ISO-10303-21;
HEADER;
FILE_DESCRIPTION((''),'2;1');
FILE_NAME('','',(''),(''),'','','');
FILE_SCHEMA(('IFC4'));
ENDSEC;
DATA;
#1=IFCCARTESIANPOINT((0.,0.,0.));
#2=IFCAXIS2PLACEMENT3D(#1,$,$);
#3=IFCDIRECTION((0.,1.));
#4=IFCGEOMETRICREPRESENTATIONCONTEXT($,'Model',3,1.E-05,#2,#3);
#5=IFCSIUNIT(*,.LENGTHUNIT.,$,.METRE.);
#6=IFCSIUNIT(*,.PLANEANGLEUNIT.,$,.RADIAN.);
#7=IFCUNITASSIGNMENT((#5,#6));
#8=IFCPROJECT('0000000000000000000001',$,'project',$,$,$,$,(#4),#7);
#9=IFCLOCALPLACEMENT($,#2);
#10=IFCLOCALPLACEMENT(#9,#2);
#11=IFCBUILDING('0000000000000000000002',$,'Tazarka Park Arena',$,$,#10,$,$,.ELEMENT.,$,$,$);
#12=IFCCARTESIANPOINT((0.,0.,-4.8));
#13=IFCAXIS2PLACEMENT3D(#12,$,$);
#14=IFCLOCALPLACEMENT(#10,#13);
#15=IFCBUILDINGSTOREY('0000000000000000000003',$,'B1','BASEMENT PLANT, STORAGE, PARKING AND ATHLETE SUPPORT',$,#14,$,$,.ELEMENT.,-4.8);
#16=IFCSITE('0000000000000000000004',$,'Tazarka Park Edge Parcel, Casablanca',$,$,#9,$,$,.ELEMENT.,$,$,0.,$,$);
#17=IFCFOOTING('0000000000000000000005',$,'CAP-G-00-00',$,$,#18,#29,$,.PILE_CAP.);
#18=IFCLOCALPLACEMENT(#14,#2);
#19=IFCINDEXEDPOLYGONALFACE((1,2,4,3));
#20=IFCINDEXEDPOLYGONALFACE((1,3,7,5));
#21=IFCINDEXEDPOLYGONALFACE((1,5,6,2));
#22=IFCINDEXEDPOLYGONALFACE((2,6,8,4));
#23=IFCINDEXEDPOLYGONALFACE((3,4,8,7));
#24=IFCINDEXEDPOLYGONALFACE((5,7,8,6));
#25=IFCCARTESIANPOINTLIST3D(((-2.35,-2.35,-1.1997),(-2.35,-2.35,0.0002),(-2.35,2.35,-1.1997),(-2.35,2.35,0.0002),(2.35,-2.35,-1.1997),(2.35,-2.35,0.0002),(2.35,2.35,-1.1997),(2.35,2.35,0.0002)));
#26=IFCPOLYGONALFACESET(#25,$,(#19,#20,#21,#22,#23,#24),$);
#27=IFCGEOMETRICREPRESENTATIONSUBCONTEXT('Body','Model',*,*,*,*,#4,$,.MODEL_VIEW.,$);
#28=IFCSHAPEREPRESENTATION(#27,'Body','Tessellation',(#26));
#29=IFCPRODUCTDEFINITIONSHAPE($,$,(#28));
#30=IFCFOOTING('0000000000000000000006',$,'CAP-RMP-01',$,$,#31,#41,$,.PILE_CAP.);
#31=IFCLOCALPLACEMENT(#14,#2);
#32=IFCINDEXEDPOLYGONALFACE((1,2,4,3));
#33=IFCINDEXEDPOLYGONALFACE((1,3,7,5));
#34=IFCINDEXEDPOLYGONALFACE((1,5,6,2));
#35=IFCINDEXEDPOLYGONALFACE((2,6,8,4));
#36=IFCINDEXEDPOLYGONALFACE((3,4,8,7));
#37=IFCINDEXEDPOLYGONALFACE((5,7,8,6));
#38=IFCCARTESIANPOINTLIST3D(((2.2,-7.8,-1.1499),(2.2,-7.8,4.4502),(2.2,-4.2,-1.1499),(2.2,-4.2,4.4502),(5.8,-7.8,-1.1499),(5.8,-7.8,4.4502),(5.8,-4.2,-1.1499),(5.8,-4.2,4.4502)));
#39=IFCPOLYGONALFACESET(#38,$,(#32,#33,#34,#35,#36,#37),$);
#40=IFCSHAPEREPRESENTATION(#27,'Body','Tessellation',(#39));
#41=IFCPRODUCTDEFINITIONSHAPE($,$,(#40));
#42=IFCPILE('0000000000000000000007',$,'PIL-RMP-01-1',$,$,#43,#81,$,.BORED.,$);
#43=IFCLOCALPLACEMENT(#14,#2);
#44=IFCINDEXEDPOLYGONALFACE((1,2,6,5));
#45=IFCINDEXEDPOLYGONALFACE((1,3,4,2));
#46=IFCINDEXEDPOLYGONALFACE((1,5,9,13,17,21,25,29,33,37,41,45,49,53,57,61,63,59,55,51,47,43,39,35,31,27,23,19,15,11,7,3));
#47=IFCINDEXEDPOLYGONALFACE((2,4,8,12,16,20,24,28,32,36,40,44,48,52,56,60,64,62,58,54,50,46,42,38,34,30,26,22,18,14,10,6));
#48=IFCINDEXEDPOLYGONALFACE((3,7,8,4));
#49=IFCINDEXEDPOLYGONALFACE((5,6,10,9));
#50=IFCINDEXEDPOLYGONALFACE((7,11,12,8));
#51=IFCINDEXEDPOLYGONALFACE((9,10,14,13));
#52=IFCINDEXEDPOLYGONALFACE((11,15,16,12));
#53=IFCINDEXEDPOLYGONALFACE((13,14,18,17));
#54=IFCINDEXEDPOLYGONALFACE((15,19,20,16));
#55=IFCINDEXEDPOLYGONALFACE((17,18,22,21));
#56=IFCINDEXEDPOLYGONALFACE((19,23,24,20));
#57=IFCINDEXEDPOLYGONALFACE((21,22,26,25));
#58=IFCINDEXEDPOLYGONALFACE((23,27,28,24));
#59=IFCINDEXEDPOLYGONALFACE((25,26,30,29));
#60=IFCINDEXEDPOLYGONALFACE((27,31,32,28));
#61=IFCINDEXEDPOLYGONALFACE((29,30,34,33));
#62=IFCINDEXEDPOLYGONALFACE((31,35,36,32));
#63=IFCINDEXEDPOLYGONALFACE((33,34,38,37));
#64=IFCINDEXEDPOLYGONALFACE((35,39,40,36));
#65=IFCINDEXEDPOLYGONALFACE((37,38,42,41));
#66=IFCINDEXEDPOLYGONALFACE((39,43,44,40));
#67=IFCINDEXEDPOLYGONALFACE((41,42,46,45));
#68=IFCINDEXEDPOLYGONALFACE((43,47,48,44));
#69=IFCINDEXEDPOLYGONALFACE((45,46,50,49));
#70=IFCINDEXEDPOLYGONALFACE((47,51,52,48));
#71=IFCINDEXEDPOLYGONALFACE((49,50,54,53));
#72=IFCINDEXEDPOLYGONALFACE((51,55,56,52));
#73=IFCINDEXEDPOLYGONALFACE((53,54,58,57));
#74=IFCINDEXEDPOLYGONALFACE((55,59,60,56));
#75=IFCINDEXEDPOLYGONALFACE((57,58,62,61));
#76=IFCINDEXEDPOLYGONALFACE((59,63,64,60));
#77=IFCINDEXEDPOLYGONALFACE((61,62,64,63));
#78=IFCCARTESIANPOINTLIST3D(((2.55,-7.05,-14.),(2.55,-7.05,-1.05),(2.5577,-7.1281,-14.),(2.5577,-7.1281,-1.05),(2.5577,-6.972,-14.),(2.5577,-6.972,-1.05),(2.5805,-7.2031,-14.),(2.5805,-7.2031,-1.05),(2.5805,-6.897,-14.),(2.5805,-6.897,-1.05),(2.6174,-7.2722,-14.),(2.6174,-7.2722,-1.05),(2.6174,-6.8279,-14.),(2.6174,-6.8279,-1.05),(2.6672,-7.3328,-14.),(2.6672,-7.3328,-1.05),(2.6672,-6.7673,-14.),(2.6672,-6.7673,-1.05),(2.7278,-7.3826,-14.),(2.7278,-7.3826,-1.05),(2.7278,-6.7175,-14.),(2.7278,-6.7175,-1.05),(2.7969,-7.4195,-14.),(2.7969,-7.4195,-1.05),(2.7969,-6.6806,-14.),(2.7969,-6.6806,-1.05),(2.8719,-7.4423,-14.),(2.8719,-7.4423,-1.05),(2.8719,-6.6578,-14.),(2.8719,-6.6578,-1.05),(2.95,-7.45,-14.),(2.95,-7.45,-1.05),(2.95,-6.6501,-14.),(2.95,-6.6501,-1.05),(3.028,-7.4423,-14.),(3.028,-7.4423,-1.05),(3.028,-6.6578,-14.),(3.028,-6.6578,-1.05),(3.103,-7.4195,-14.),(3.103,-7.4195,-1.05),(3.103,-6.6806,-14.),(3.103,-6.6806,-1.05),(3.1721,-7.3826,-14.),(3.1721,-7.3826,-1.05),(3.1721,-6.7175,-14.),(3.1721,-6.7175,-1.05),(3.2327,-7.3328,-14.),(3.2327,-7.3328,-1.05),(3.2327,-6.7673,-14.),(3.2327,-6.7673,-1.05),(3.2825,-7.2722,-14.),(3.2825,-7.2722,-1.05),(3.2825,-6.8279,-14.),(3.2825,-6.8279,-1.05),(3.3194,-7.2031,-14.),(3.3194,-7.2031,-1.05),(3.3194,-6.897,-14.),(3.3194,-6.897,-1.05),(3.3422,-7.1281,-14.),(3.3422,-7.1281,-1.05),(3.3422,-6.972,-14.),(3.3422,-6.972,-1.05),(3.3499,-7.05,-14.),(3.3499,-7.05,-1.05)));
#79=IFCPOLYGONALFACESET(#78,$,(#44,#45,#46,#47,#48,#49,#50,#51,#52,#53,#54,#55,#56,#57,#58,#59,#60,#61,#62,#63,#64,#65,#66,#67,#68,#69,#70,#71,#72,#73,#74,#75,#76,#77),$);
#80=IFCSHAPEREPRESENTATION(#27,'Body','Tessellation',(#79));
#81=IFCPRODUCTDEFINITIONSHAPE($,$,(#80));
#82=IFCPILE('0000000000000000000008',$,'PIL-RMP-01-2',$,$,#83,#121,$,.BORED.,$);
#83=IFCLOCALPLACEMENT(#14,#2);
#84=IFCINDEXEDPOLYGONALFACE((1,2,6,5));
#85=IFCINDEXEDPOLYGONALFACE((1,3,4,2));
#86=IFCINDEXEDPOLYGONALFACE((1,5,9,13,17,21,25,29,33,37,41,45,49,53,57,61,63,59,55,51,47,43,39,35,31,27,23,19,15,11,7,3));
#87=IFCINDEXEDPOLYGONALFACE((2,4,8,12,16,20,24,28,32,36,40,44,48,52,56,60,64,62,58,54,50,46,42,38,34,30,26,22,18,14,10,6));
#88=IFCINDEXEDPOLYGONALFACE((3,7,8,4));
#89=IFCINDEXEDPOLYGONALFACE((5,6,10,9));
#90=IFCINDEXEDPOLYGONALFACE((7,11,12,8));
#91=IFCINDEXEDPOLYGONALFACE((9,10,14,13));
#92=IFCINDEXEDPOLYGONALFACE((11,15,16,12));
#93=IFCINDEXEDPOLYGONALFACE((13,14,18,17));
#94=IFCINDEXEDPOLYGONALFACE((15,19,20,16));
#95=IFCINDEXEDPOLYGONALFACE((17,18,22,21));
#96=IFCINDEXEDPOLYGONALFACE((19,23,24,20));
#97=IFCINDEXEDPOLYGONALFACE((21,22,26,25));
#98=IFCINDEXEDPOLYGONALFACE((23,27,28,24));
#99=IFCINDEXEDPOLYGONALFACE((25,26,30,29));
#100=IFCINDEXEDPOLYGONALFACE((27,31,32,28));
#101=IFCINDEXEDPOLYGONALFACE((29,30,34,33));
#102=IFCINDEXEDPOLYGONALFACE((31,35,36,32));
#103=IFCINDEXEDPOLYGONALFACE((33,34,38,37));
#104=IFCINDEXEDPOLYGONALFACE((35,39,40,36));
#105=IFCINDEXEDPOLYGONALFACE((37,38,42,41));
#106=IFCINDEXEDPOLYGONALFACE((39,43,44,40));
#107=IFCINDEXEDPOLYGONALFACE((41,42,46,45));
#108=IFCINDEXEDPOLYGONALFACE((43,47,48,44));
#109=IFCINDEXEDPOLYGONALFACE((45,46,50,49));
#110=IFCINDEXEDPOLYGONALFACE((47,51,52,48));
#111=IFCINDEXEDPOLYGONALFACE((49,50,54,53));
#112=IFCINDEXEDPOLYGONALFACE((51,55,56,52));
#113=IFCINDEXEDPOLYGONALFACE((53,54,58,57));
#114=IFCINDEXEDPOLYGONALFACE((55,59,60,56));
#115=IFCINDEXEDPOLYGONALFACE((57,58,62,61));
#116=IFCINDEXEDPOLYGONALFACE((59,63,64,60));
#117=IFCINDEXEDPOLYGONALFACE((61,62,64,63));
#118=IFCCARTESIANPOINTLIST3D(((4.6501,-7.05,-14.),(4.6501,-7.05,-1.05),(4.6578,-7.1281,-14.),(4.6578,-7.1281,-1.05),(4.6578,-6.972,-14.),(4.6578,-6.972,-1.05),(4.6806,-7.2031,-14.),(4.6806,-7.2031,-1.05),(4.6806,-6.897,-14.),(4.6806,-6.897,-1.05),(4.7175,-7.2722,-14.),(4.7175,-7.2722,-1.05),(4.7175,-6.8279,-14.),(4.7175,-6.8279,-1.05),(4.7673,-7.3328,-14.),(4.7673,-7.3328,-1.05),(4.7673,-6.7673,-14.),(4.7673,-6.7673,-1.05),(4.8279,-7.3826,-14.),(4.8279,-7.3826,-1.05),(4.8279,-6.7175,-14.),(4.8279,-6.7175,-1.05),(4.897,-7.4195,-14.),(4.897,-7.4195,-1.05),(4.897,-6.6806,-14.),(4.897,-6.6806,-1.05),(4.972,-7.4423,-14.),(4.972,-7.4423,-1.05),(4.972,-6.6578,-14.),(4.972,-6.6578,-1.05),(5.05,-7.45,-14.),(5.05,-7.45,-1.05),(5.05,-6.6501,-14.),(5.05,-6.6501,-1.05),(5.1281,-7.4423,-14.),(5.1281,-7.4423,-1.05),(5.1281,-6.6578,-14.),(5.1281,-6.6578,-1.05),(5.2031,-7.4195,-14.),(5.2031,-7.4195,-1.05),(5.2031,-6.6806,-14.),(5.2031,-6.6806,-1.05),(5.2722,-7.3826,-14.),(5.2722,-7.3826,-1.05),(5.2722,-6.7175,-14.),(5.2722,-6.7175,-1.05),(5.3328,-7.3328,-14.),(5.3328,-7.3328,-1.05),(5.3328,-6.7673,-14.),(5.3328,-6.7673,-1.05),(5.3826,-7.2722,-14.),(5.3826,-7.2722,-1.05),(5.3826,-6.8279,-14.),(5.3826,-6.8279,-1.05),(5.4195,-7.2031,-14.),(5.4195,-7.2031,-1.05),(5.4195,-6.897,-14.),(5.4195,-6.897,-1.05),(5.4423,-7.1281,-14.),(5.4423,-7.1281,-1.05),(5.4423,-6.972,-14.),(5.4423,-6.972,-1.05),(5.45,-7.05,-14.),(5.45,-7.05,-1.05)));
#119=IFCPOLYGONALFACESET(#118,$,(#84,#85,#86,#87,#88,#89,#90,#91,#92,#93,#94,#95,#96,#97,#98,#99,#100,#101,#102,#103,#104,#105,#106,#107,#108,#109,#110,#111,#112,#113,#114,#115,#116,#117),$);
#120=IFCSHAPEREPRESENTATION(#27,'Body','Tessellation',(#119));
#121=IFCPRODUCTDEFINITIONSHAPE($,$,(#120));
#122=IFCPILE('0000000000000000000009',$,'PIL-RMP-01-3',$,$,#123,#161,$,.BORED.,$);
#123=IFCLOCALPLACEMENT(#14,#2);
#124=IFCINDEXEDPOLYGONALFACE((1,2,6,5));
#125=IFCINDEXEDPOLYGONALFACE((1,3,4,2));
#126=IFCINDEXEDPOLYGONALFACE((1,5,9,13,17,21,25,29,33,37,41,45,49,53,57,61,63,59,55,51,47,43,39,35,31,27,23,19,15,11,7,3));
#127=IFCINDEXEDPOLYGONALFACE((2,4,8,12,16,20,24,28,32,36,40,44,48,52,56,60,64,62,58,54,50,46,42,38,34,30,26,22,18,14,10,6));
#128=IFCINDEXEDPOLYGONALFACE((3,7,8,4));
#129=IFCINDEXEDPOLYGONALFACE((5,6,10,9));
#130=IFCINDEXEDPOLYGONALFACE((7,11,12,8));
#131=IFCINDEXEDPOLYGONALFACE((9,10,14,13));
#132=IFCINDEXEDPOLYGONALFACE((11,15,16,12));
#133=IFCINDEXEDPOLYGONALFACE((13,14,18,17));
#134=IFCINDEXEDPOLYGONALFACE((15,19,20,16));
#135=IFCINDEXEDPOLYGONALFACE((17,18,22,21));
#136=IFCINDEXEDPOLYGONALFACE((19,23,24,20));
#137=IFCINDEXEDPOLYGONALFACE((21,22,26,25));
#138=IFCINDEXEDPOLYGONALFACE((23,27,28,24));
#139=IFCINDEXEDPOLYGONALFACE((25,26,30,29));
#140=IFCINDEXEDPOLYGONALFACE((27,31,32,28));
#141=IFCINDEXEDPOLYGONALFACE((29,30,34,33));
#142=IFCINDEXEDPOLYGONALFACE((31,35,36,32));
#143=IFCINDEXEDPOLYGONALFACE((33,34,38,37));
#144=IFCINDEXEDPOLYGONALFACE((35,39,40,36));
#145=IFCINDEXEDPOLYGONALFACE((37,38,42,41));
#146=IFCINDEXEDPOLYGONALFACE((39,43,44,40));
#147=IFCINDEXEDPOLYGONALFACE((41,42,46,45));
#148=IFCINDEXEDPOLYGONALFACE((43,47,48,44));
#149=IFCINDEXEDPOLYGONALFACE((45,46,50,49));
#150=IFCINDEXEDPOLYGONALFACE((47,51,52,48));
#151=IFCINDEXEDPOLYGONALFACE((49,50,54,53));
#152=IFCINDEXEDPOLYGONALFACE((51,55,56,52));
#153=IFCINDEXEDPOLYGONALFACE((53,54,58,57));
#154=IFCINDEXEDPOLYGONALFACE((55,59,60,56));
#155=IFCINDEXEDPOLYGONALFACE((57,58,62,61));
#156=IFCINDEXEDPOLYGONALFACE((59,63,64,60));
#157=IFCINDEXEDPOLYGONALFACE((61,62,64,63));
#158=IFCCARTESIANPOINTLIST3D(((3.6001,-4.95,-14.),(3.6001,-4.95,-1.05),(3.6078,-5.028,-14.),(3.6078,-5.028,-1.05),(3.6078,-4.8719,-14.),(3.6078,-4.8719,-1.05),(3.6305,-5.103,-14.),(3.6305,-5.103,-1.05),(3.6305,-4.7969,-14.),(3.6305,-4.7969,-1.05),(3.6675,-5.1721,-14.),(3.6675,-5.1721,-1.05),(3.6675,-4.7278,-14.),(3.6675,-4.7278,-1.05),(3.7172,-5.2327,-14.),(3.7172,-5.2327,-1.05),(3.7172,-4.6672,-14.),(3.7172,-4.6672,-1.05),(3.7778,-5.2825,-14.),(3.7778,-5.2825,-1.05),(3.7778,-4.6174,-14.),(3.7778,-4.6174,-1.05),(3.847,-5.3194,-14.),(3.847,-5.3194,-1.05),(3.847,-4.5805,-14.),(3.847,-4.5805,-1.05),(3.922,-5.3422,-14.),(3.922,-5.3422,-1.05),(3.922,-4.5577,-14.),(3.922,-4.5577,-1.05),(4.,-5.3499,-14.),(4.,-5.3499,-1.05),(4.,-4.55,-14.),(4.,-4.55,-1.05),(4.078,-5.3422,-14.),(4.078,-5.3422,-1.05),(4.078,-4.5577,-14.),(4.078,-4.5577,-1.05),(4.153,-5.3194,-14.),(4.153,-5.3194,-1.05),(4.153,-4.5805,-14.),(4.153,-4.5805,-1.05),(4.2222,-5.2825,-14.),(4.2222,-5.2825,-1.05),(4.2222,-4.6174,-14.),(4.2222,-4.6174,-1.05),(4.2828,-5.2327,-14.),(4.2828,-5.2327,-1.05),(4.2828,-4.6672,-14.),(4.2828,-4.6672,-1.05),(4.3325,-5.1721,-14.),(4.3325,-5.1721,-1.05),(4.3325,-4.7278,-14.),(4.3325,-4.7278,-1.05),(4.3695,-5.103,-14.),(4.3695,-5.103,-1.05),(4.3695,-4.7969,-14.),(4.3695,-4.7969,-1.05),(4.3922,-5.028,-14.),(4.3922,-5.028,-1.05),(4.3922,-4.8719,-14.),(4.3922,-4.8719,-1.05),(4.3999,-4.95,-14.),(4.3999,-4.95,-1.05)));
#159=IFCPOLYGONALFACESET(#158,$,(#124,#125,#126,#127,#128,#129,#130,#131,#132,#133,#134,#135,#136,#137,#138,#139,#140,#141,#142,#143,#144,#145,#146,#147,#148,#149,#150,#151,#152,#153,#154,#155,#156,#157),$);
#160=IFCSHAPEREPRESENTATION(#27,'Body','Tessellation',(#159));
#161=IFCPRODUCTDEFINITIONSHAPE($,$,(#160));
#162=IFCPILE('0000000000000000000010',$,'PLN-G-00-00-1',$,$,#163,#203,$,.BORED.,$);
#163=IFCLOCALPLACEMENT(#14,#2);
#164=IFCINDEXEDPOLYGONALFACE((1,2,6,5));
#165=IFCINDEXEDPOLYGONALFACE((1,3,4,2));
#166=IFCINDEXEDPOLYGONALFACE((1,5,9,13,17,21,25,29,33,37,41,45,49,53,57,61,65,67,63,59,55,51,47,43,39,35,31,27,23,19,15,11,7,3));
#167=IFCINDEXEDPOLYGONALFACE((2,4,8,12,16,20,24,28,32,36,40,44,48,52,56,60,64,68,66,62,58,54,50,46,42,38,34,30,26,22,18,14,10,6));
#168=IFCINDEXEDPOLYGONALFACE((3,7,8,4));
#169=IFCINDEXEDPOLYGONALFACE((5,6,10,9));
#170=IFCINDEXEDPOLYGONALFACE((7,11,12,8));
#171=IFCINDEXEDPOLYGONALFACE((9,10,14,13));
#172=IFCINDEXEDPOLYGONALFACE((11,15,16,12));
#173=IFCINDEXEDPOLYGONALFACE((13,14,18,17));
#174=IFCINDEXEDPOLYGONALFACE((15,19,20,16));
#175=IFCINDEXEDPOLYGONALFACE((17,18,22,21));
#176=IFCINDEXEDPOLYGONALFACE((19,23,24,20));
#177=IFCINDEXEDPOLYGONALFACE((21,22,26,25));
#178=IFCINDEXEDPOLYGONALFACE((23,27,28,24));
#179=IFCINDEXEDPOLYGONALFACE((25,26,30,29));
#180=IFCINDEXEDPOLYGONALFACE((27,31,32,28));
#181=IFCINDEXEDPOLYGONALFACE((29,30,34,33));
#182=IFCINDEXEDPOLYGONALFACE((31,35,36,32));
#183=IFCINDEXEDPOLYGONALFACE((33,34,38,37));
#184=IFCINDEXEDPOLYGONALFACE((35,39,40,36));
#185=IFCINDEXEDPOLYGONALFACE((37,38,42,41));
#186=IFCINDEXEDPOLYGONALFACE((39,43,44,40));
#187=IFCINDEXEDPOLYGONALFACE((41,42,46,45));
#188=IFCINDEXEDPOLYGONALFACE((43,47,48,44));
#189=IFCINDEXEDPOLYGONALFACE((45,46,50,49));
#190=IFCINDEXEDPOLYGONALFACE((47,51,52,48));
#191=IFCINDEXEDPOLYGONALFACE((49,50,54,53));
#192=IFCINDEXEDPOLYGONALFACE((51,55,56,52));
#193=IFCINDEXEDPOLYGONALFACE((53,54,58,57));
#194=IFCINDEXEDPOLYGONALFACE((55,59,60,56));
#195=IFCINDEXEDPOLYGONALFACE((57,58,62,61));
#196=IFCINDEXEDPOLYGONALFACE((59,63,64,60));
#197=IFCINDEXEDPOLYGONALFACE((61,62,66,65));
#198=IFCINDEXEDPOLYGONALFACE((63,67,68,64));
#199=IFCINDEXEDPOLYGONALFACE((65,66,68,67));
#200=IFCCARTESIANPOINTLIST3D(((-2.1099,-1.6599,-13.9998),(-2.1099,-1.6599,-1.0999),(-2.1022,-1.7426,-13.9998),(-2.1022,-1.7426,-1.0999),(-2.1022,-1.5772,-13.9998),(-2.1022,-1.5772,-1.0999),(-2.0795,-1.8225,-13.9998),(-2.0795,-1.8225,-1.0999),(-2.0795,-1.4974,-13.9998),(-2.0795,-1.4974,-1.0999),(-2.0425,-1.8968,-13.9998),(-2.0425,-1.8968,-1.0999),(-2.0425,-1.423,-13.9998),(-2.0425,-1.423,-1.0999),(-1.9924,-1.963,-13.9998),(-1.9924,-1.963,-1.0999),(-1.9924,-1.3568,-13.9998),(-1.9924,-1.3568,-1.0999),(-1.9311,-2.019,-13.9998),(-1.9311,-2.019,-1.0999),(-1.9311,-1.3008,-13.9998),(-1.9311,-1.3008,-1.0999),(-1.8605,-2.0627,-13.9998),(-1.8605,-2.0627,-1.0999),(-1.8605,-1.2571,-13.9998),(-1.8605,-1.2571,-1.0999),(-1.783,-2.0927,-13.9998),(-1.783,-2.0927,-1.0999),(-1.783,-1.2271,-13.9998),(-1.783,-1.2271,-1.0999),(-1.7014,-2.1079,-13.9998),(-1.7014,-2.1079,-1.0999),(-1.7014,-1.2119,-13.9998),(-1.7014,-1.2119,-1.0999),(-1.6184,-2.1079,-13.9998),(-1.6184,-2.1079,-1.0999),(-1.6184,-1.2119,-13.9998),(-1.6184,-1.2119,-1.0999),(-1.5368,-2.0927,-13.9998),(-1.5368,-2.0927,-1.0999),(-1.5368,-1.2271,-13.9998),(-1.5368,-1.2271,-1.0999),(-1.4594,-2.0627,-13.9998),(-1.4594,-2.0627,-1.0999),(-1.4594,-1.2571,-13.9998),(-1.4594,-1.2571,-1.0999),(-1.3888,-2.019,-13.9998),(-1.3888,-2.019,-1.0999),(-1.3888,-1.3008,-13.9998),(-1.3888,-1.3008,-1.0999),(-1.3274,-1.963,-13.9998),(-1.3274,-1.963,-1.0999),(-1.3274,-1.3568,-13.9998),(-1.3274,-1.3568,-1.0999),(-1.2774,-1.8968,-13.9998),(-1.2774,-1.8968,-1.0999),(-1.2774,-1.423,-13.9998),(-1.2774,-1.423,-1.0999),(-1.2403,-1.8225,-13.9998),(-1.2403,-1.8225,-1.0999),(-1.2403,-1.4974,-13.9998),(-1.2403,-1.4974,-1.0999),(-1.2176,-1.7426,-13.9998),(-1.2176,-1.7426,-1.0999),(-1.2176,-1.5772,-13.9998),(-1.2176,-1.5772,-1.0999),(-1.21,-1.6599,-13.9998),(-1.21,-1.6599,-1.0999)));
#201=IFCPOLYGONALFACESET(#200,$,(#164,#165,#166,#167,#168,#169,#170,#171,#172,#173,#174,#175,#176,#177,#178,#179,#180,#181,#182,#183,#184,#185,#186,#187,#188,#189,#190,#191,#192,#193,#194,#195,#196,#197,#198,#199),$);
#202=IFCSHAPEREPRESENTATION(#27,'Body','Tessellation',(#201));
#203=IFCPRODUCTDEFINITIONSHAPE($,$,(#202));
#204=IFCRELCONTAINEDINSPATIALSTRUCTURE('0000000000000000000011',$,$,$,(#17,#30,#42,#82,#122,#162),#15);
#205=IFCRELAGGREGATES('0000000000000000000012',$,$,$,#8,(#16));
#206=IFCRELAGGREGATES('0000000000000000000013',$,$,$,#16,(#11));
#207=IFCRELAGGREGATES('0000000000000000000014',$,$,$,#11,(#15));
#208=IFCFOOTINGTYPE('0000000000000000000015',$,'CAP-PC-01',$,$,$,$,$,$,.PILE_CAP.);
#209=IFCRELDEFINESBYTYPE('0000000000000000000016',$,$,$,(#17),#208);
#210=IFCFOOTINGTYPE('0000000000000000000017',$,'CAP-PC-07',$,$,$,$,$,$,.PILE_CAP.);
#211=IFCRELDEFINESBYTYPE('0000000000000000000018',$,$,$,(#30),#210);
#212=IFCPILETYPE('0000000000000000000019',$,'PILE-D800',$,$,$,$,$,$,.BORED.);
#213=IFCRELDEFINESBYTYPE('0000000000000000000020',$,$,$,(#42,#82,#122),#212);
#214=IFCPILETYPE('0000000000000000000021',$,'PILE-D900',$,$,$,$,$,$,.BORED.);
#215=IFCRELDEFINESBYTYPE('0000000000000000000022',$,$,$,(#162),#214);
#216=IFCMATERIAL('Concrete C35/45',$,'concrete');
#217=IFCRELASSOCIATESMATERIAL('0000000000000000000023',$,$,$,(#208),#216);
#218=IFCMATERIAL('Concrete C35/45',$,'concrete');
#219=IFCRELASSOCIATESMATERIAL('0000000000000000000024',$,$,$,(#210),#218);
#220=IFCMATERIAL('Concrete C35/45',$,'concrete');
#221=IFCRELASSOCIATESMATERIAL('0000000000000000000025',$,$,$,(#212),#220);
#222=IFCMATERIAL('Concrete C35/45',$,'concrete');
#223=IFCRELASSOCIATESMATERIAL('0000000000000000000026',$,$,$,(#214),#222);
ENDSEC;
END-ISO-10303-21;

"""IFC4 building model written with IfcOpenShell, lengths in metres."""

from ifc_helpers import new_model, si_unit, direction, frame, origin, origin_2d, place, context, subcontext, project, spatial, rectangle, circle, extrude, material, material_profile, profile_set, type_object, element, save


model = new_model("IFC4")

# Units and contexts
model_context = context("Model", 3, precision=1e-05, world=origin(), true_north=direction((0.0, 1.0)))
body_context = subcontext(model_context, "Body", "Model", "MODEL_VIEW")
ifc_project = project(units=[si_unit("LENGTHUNIT", "METRE"), si_unit("PLANEANGLEUNIT", "RADIAN")], contexts=[model_context])

# Site, building, storey
site_placement = place(None, origin())
site = spatial("IfcSite", under=ifc_project, at=site_placement, Name="Tazarka Park Edge Parcel, Casablanca", CompositionType="ELEMENT", RefElevation=0.0)
building_placement = place(site_placement, origin())
building = spatial("IfcBuilding", under=site, at=building_placement, Name="Tazarka Park Arena", CompositionType="ELEMENT")
storey_placement = place(building_placement, frame((0.0, 0.0, -4.8)))
storey = spatial("IfcBuildingStorey", under=building, at=storey_placement, Name="B1", Description="BASEMENT PLANT, STORAGE, PARKING AND ATHLETE SUPPORT", CompositionType="ELEMENT", Elevation=-4.8)

# Footings
ifc_material_1 = material(Name="Concrete C35/45", Category="concrete")
footing_type_1 = type_object("IfcFootingType", Name="CAP-PC-01", PredefinedType="PILE_CAP", material=ifc_material_1)
footing_1_placement = place(storey_placement, frame((0.0, 0.0, -1.1997), z_axis=(0.0, 0.0, 1.0), x_axis=(1.0, 0.0, 0.0)))
element("IfcFooting", 1, at=footing_1_placement, inside=storey, type_object=footing_type_1, Name="CAP-G-00-00", PredefinedType="PILE_CAP", context=body_context, shape_type="SweptSolid", body=[
    extrude(rectangle(XDim=4.7, YDim=4.7, at=origin_2d()), origin(), (0.0, 0.0, 1.0), 1.2),
])
ifc_material_2 = material(Name="Concrete C35/45", Category="concrete")
footing_type_2 = type_object("IfcFootingType", Name="CAP-PC-07", PredefinedType="PILE_CAP", material=ifc_material_2)
footing_2_placement = place(storey_placement, frame((4.0, -6.0, -1.1499), z_axis=(0.0, 0.0, 1.0), x_axis=(1.0, 0.0, 0.0)))
element("IfcFooting", 2, at=footing_2_placement, inside=storey, type_object=footing_type_2, Name="CAP-RMP-01", PredefinedType="PILE_CAP", context=body_context, shape_type="SweptSolid", body=[
    extrude(rectangle(XDim=3.6001, YDim=3.6001, at=origin_2d()), origin(), (0.0, 0.0, 1.0), 5.6001),
])

# Piles
ifc_material_3 = material(Name="Concrete C35/45", Category="concrete")
ifc_material_profile_1 = material_profile(ifc_material_3, circle(Radius=0.3999, at=origin_2d()), Name="Concrete C35/45")
ifc_profile_set_1 = profile_set([ifc_material_profile_1], Name="Concrete C35/45")
pile_type_1 = type_object("IfcPileType", Name="PILE-D800", PredefinedType="BORED", material=ifc_profile_set_1)
for number, where, z_axis, x_axis, name in (
    (3, (2.95, -7.05, -1.05), (0.0, 0.0, -1.0), (1.0, 0.0, 0.0), "PIL-RMP-01-1"),
    (4, (5.05, -7.05, -1.05), (0.0, 0.0, -1.0), (1.0, 0.0, 0.0), "PIL-RMP-01-2"),
    (5, (4.0, -4.95, -1.05), (0.0, 0.0, -1.0), (1.0, 0.0, 0.0), "PIL-RMP-01-3"),
):
    element("IfcPile", number, at=place(storey_placement, frame(where, z_axis=z_axis, x_axis=x_axis)), inside=storey, type_object=pile_type_1, Name=name, PredefinedType="BORED", context=body_context, shape_type="SweptSolid", body=[
        extrude(circle(Radius=0.3999, at=origin_2d()), origin(), (0.0, 0.0, 1.0), 12.95),
    ])
ifc_material_4 = material(Name="Concrete C35/45", Category="concrete")
ifc_material_profile_2 = material_profile(ifc_material_4, circle(Radius=0.45, at=origin_2d()), Name="Concrete C35/45")
ifc_profile_set_2 = profile_set([ifc_material_profile_2], Name="Concrete C35/45")
pile_type_2 = type_object("IfcPileType", Name="PILE-D900", PredefinedType="BORED", material=ifc_profile_set_2)
for number, where, z_axis, x_axis, name in (
    (6, (-1.6599, -1.6599, -1.0999), (0.0, 0.0, -1.0), (1.0, 0.0, 0.0), "PLN-G-00-00-1"),
):
    element("IfcPile", number, at=place(storey_placement, frame(where, z_axis=z_axis, x_axis=x_axis)), inside=storey, type_object=pile_type_2, Name=name, PredefinedType="BORED", context=body_context, shape_type="SweptSolid", body=[
        extrude(circle(Radius=0.45, at=origin_2d()), origin(), (0.0, 0.0, 1.0), 12.8999),
    ])

save(model, "model.ifc")
